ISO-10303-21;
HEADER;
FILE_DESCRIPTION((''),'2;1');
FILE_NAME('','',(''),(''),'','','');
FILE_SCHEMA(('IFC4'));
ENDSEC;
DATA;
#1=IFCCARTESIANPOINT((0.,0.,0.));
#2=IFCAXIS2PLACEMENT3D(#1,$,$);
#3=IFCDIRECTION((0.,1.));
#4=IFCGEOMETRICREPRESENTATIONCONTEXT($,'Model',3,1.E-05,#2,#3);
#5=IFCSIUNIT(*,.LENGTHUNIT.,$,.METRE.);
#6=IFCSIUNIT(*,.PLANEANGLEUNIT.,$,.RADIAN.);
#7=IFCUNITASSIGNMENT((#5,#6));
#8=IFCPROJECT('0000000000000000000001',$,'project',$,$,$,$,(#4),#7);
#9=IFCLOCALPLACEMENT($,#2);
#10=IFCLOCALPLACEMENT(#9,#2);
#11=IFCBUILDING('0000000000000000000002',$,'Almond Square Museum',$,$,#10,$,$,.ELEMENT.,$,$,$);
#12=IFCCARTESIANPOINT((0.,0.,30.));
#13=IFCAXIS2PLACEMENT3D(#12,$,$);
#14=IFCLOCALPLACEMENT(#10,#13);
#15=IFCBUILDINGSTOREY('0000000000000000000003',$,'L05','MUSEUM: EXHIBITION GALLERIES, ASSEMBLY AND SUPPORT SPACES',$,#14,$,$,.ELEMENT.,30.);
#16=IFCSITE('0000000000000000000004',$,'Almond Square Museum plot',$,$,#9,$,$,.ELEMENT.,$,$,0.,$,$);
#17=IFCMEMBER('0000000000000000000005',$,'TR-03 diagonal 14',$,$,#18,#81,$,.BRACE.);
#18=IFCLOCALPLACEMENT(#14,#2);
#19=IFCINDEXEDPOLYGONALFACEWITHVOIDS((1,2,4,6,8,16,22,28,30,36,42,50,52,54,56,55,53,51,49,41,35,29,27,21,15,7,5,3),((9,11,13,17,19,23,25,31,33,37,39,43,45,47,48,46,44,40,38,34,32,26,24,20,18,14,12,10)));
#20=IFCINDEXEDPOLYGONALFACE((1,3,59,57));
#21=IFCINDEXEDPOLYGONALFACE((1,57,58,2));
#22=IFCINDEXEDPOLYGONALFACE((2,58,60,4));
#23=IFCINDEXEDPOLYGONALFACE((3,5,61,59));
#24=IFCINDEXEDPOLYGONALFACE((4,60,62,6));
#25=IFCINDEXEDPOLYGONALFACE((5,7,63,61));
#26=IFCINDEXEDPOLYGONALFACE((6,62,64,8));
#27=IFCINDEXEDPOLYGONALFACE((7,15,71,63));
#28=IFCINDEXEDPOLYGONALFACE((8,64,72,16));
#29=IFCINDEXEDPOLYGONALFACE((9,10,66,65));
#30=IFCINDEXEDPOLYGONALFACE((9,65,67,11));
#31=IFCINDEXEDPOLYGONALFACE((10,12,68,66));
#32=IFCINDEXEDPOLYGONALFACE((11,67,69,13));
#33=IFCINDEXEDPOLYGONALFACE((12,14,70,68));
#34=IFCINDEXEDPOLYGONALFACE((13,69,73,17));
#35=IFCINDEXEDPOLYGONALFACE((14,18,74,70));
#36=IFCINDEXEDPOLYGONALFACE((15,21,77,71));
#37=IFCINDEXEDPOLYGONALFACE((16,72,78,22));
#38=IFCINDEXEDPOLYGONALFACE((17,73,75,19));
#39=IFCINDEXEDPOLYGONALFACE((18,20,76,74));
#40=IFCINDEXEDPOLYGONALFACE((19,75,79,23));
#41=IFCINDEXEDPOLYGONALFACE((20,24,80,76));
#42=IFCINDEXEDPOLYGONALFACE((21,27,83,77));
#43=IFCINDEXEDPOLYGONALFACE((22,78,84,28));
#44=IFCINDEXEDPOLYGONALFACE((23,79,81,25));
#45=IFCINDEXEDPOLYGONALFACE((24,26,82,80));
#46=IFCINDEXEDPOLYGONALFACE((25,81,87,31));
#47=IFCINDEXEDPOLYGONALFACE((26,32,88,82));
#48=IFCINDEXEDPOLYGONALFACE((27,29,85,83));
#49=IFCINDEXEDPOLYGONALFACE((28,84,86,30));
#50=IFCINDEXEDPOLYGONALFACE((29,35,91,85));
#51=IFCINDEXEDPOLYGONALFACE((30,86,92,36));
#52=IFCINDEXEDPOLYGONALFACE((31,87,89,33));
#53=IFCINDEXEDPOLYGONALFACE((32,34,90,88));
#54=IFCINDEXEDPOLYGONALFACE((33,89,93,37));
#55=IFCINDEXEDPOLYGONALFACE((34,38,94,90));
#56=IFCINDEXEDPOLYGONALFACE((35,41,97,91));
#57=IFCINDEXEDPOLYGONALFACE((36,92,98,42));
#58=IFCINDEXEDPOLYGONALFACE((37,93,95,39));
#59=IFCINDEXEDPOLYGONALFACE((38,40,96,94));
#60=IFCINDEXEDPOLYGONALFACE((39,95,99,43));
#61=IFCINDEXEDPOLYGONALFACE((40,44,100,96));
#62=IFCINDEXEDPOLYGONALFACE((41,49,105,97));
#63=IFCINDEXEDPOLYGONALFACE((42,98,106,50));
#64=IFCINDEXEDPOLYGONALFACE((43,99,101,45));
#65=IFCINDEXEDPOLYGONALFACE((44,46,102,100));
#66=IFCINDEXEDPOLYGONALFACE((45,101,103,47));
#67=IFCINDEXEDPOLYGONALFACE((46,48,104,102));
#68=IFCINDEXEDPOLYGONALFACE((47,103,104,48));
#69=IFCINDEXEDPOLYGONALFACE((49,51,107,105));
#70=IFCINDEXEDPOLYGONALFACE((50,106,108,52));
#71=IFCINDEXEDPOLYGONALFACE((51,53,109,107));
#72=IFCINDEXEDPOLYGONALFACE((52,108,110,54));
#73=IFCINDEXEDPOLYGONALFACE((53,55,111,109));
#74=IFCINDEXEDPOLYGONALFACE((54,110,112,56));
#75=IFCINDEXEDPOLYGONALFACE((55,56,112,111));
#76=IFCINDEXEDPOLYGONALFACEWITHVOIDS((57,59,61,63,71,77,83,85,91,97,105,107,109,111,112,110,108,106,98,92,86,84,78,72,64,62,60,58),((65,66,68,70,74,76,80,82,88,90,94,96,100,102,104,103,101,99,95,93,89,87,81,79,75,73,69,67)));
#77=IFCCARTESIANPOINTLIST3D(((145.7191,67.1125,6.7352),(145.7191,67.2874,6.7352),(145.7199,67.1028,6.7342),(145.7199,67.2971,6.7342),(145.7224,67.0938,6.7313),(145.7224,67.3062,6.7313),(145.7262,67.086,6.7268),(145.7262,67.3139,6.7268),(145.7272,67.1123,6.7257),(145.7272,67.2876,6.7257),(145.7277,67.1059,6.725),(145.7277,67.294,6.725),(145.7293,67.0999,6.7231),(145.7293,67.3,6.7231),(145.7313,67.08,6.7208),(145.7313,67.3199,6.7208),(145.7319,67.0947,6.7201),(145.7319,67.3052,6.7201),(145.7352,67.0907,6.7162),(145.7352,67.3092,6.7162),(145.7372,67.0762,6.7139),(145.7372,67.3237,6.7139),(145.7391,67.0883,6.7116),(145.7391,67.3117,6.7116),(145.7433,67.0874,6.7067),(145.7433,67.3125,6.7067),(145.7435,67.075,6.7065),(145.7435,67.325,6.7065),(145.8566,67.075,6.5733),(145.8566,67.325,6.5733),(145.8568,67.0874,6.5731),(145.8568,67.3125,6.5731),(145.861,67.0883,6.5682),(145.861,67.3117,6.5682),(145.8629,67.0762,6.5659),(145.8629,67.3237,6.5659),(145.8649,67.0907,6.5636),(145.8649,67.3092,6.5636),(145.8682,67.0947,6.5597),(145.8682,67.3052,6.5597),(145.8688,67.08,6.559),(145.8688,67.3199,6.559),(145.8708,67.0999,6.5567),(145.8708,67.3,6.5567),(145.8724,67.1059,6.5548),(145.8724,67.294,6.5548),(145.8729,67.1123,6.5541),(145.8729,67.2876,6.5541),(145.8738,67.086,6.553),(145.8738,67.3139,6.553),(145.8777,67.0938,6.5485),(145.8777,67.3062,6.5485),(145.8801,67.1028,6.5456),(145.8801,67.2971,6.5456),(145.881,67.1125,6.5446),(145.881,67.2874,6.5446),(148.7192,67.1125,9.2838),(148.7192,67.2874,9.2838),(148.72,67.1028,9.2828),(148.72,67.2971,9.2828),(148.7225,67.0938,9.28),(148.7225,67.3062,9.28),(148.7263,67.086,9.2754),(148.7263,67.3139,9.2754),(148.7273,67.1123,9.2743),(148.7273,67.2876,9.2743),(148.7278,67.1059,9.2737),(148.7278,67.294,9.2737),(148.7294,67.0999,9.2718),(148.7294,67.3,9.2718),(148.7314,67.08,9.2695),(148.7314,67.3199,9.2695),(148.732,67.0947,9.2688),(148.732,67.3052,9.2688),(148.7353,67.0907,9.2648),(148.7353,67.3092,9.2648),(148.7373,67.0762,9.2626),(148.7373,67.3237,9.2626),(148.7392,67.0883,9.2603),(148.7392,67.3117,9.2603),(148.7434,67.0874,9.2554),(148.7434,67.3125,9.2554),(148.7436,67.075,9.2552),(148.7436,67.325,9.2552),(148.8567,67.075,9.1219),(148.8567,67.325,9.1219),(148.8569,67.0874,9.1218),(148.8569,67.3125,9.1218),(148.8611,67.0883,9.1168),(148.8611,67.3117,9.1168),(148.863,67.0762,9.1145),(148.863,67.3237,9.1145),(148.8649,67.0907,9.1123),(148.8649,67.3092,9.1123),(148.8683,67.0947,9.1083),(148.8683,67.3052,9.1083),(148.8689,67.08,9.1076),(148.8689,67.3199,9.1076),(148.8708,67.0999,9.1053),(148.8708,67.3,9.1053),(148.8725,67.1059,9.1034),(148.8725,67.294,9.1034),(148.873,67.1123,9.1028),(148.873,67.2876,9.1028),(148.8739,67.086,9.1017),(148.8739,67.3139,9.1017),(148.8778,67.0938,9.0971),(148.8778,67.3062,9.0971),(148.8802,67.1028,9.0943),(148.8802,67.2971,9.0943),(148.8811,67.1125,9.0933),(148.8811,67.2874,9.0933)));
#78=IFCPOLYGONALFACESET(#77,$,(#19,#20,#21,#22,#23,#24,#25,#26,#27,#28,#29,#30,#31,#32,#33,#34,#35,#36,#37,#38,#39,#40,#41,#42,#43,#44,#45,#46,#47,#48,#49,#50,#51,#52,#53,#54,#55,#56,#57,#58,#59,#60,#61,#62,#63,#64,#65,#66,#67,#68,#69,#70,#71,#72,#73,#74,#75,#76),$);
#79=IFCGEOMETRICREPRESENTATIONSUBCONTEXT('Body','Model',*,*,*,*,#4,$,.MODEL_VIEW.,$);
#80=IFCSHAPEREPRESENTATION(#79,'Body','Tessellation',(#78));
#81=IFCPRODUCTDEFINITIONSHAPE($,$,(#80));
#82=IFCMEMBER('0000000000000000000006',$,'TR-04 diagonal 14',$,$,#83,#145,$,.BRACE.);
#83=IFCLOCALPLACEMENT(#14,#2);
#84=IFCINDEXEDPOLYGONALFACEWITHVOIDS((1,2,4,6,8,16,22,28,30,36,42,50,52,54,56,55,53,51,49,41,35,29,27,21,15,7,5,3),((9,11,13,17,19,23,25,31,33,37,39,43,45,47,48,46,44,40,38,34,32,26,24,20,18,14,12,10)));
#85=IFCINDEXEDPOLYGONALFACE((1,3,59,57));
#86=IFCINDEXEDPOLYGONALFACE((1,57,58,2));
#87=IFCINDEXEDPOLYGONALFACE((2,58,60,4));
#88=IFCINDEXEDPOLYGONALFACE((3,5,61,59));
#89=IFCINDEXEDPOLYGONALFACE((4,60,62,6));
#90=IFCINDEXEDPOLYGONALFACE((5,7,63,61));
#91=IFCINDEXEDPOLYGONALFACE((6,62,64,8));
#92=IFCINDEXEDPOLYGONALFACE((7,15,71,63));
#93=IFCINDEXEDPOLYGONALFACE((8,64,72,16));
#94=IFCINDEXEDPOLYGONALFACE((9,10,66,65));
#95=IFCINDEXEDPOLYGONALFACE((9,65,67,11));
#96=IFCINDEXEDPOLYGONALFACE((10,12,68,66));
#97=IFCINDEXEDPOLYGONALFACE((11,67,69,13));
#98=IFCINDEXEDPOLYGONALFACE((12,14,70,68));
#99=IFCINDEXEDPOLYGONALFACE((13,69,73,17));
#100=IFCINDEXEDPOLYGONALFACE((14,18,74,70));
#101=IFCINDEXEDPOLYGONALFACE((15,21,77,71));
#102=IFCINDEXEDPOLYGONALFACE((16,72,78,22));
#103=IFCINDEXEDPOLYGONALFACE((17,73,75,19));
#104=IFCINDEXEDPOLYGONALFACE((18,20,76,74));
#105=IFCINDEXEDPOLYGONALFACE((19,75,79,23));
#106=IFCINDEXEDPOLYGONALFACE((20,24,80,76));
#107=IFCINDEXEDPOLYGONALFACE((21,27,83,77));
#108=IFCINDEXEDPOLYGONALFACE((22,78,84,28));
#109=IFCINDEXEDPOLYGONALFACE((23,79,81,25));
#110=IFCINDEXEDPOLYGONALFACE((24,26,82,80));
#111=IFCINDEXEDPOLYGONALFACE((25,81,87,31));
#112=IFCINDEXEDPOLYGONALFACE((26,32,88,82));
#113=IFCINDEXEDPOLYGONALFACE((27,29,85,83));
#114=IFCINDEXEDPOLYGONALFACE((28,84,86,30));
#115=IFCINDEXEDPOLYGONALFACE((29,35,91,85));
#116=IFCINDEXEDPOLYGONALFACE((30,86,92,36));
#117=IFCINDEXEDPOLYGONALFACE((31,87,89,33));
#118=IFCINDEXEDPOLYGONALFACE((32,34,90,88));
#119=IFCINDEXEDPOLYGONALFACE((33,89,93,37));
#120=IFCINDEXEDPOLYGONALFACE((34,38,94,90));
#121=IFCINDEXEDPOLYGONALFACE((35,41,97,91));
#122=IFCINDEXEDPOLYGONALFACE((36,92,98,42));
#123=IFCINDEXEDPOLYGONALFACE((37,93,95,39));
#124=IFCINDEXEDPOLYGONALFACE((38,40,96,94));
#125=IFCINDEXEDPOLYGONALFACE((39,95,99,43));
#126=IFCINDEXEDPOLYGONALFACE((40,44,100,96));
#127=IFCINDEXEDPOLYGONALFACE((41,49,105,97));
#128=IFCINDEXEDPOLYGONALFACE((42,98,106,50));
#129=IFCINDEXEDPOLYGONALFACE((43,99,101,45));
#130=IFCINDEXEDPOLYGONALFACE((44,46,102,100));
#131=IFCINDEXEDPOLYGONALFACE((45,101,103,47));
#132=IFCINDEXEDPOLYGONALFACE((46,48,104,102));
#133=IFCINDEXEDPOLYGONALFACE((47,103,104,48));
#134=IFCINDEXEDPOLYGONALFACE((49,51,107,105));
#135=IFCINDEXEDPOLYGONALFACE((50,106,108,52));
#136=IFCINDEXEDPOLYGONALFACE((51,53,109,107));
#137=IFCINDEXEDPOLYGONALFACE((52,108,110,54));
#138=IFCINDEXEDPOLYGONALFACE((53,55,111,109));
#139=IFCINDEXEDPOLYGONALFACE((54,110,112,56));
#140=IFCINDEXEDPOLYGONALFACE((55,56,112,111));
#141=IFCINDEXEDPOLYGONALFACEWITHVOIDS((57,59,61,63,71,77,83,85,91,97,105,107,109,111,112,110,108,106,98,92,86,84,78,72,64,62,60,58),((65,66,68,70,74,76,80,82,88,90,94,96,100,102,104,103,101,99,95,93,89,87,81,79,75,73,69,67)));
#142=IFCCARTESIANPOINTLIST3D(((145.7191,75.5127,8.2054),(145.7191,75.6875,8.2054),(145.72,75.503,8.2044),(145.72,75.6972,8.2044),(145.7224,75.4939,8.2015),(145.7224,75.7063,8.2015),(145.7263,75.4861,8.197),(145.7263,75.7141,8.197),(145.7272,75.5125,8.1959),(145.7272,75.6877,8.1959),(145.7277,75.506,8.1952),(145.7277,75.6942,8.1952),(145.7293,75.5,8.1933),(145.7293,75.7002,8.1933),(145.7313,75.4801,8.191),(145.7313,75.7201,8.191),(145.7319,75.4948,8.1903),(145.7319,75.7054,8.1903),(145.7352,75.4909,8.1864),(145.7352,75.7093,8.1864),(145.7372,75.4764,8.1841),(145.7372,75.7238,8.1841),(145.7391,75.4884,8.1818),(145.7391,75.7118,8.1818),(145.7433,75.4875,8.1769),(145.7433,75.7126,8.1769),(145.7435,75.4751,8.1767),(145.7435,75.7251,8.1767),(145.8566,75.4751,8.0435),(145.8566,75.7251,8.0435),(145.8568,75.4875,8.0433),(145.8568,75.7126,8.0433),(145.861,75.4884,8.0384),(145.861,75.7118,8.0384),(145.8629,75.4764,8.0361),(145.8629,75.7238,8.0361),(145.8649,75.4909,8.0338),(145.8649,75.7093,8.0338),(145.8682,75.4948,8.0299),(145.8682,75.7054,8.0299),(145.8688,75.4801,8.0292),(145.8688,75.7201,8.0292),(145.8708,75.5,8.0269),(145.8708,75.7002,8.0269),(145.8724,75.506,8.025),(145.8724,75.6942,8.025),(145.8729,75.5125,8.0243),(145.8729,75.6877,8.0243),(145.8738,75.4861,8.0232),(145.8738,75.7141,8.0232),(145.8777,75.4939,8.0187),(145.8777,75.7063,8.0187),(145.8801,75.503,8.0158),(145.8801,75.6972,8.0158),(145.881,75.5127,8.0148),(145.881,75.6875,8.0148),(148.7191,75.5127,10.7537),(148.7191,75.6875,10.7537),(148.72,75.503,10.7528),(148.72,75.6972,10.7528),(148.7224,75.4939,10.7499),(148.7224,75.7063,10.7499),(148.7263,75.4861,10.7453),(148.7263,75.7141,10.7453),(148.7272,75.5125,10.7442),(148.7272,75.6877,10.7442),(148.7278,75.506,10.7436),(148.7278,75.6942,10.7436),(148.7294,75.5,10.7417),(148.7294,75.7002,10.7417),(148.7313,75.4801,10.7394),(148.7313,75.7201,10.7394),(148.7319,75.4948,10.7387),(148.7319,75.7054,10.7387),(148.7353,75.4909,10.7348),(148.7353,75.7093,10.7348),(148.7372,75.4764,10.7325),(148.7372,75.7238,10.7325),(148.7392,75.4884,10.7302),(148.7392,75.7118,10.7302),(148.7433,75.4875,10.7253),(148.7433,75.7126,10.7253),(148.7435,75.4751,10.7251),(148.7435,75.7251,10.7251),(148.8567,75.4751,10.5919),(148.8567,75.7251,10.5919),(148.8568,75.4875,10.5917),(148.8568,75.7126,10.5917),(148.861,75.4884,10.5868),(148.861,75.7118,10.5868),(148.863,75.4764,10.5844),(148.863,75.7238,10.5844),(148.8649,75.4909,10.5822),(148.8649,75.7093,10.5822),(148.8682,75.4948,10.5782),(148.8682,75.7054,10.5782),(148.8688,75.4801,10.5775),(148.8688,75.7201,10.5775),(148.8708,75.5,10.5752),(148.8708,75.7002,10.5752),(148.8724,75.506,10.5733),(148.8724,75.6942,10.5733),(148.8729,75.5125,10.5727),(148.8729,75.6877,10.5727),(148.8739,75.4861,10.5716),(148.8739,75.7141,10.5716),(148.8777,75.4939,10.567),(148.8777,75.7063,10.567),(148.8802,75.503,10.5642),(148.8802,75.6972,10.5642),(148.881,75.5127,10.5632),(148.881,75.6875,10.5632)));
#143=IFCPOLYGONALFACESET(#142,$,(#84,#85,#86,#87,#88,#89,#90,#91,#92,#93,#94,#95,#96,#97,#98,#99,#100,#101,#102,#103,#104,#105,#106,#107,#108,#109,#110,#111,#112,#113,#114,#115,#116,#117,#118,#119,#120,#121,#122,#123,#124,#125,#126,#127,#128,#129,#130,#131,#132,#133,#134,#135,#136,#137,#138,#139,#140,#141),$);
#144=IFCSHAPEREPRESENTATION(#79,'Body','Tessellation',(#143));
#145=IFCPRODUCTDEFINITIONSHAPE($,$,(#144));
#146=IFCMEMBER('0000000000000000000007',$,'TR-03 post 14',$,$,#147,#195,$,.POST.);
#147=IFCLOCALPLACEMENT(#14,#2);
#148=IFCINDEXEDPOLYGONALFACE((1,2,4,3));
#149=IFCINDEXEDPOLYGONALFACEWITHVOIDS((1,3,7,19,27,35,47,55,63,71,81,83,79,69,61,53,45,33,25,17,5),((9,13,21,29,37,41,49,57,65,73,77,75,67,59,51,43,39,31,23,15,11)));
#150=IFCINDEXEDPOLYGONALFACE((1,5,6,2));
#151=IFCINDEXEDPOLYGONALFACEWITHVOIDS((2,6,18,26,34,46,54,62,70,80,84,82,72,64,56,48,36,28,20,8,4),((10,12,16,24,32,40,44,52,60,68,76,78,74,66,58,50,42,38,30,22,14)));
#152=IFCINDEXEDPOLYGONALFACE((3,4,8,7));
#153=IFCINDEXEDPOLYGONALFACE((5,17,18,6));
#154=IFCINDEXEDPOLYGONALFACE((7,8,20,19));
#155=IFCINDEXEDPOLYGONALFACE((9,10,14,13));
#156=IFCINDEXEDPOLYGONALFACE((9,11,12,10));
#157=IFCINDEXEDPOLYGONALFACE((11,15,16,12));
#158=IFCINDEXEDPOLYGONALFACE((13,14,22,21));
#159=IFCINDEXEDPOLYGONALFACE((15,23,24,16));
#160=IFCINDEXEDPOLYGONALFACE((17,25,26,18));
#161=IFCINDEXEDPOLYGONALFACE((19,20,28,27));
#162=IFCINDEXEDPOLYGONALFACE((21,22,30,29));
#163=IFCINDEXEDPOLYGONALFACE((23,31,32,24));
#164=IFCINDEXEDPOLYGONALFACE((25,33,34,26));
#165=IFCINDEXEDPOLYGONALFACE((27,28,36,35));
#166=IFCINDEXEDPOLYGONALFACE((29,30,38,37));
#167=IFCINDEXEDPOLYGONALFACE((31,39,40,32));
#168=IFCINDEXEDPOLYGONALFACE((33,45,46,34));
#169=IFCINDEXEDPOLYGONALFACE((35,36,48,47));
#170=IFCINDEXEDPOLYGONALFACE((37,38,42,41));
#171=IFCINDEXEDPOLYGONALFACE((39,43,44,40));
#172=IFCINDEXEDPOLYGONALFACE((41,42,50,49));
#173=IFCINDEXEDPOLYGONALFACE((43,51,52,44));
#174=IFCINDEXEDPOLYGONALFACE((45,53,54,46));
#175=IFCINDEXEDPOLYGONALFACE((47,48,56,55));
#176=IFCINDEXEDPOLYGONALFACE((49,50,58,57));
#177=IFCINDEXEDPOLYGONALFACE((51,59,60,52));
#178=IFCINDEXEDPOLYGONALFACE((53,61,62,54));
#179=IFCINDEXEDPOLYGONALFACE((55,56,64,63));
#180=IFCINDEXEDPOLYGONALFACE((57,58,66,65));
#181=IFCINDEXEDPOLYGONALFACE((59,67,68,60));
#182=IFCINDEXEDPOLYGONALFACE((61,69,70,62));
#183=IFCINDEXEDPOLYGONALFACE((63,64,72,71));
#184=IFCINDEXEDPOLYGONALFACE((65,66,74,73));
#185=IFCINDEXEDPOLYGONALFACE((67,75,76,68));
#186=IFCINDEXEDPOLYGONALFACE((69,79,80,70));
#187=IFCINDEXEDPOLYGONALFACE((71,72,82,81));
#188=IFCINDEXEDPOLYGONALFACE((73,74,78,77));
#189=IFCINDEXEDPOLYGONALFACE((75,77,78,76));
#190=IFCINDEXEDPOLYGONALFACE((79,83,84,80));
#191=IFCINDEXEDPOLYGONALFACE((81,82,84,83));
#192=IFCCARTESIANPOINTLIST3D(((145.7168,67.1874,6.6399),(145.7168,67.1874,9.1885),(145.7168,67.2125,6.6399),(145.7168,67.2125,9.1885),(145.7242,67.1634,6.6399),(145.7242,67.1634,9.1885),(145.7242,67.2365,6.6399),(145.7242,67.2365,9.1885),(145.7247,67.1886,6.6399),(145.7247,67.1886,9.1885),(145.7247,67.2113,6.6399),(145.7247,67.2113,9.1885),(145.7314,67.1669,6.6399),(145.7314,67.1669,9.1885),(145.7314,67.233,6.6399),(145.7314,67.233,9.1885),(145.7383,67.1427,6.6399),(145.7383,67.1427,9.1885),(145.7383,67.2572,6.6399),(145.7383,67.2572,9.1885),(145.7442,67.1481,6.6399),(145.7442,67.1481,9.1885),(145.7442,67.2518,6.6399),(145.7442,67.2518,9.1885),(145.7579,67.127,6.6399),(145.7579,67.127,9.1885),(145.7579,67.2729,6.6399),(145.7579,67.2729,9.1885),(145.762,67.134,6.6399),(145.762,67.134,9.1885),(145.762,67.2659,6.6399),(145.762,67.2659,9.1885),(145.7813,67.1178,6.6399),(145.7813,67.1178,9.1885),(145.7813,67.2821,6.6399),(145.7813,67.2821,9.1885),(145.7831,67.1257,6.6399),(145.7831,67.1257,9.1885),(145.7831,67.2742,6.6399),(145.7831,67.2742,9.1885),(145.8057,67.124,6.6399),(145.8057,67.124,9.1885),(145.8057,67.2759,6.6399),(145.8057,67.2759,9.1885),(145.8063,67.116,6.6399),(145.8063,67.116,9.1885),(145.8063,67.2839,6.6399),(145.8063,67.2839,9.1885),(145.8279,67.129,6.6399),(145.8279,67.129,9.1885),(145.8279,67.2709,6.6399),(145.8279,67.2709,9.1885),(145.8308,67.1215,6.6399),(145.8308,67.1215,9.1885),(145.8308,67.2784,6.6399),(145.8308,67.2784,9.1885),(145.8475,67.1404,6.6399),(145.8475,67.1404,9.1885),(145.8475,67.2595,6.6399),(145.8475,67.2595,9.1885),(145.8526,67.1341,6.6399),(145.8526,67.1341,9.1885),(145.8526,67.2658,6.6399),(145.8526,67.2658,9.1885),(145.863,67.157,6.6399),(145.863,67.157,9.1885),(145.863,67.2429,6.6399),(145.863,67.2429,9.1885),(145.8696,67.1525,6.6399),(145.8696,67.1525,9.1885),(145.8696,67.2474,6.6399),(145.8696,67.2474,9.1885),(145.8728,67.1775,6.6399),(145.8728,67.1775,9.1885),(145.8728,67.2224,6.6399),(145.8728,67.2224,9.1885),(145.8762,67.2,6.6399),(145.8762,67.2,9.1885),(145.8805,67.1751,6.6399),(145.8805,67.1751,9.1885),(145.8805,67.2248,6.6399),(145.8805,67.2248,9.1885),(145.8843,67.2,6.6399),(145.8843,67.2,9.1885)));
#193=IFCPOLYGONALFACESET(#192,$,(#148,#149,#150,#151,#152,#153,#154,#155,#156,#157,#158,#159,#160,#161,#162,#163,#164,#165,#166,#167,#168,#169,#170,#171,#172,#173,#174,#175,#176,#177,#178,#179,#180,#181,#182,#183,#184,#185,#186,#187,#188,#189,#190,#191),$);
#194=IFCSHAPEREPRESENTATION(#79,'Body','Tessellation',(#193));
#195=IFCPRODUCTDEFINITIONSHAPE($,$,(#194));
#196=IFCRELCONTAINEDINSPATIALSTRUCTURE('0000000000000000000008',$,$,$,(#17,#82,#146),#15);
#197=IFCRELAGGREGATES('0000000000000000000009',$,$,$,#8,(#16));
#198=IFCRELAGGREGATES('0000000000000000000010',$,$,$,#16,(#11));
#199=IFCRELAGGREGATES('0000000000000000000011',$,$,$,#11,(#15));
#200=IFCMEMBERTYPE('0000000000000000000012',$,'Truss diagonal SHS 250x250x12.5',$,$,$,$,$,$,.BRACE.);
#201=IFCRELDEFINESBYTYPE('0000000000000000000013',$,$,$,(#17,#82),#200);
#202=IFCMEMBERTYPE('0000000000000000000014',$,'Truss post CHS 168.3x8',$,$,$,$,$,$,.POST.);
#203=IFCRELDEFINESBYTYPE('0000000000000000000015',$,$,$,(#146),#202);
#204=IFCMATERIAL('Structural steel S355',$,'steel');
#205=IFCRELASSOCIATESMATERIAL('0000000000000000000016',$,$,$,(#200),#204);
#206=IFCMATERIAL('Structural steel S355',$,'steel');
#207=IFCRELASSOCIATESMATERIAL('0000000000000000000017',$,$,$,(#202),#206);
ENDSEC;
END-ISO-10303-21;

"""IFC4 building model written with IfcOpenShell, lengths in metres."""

from ifc_helpers import new_model, si_unit, direction, frame, origin, origin_2d, place, context, subcontext, project, spatial, hollow_rectangle, hollow_circle, extrude, material, material_profile, profile_set, type_object, element, save


model = new_model("IFC4")

# Units and contexts
model_context = context("Model", 3, precision=1e-05, world=origin(), true_north=direction((0.0, 1.0)))
body_context = subcontext(model_context, "Body", "Model", "MODEL_VIEW")
ifc_project = project(units=[si_unit("LENGTHUNIT", "METRE"), si_unit("PLANEANGLEUNIT", "RADIAN")], contexts=[model_context])

# Site, building, storey
site_placement = place(None, origin())
site = spatial("IfcSite", under=ifc_project, at=site_placement, Name="Almond Square Museum plot", CompositionType="ELEMENT", RefElevation=0.0)
building_placement = place(site_placement, origin())
building = spatial("IfcBuilding", under=site, at=building_placement, Name="Almond Square Museum", CompositionType="ELEMENT")
storey_placement = place(building_placement, frame((0.0, 0.0, 30.0)))
storey = spatial("IfcBuildingStorey", under=building, at=storey_placement, Name="L05", Description="MUSEUM: EXHIBITION GALLERIES, ASSEMBLY AND SUPPORT SPACES", CompositionType="ELEMENT", Elevation=30.0)

# Members
ifc_material_1 = material(Name="Structural steel S355", Category="steel")
ifc_material_profile_1 = material_profile(ifc_material_1, hollow_rectangle(XDim=0.25, YDim=0.25, WallThickness=0.0125, InnerFilletRadius=0.0249, OuterFilletRadius=0.0376, at=origin_2d()))
ifc_profile_set_1 = profile_set([ifc_material_profile_1], Name="Structural steel S355")
member_type_1 = type_object("IfcMemberType", Name="Truss diagonal SHS 250x250x12.5", PredefinedType="BRACE", material=ifc_profile_set_1)
member_1_placement = place(storey_placement, frame((145.8, 67.2, 6.6399), z_axis=(0.762117, 0.0, 0.64744), x_axis=(0.0, 1.0, 0.0)))
element("IfcMember", 1, at=member_1_placement, inside=storey, type_object=member_type_1, Name="TR-03 diagonal 14", PredefinedType="BRACE", context=body_context, shape_type="SweptSolid", body=[
    extrude(hollow_rectangle(XDim=0.25, YDim=0.25, WallThickness=0.0125, InnerFilletRadius=0.0249, OuterFilletRadius=0.0376, at=origin_2d()), origin(), (0.0, 0.0, 1.0), 3.9365),
])
member_2_placement = place(storey_placement, frame((145.8, 75.6001, 8.1101), z_axis=(0.762147, 0.0, 0.647404), x_axis=(0.0, 1.0, 0.0)))
element("IfcMember", 2, at=member_2_placement, inside=storey, type_object=member_type_1, Name="TR-04 diagonal 14", PredefinedType="BRACE", context=body_context, shape_type="SweptSolid", body=[
    extrude(hollow_rectangle(XDim=0.25, YDim=0.25, WallThickness=0.0125, InnerFilletRadius=0.0249, OuterFilletRadius=0.0376, at=origin_2d()), origin(), (0.0, 0.0, 1.0), 3.9363),
])
ifc_material_2 = material(Name="Structural steel S355", Category="steel")
ifc_material_profile_2 = material_profile(ifc_material_2, hollow_circle(Radius=0.0842, WallThickness=0.0081, at=origin_2d()))
ifc_profile_set_2 = profile_set([ifc_material_profile_2], Name="Structural steel S355")
member_type_2 = type_object("IfcMemberType", Name="Truss post CHS 168.3x8", PredefinedType="POST", material=ifc_profile_set_2)
member_3_placement = place(storey_placement, frame((145.8, 67.2, 6.6399), z_axis=(0.0, 0.0, 1.0), x_axis=(1.0, 0.0, 0.0)))
element("IfcMember", 3, at=member_3_placement, inside=storey, type_object=member_type_2, Name="TR-03 post 14", PredefinedType="POST", context=body_context, shape_type="SweptSolid", body=[
    extrude(hollow_circle(Radius=0.0842, WallThickness=0.0081, at=origin_2d()), origin(), (0.0, 0.0, 1.0), 2.5486),
])

save(model, "model.ifc")
